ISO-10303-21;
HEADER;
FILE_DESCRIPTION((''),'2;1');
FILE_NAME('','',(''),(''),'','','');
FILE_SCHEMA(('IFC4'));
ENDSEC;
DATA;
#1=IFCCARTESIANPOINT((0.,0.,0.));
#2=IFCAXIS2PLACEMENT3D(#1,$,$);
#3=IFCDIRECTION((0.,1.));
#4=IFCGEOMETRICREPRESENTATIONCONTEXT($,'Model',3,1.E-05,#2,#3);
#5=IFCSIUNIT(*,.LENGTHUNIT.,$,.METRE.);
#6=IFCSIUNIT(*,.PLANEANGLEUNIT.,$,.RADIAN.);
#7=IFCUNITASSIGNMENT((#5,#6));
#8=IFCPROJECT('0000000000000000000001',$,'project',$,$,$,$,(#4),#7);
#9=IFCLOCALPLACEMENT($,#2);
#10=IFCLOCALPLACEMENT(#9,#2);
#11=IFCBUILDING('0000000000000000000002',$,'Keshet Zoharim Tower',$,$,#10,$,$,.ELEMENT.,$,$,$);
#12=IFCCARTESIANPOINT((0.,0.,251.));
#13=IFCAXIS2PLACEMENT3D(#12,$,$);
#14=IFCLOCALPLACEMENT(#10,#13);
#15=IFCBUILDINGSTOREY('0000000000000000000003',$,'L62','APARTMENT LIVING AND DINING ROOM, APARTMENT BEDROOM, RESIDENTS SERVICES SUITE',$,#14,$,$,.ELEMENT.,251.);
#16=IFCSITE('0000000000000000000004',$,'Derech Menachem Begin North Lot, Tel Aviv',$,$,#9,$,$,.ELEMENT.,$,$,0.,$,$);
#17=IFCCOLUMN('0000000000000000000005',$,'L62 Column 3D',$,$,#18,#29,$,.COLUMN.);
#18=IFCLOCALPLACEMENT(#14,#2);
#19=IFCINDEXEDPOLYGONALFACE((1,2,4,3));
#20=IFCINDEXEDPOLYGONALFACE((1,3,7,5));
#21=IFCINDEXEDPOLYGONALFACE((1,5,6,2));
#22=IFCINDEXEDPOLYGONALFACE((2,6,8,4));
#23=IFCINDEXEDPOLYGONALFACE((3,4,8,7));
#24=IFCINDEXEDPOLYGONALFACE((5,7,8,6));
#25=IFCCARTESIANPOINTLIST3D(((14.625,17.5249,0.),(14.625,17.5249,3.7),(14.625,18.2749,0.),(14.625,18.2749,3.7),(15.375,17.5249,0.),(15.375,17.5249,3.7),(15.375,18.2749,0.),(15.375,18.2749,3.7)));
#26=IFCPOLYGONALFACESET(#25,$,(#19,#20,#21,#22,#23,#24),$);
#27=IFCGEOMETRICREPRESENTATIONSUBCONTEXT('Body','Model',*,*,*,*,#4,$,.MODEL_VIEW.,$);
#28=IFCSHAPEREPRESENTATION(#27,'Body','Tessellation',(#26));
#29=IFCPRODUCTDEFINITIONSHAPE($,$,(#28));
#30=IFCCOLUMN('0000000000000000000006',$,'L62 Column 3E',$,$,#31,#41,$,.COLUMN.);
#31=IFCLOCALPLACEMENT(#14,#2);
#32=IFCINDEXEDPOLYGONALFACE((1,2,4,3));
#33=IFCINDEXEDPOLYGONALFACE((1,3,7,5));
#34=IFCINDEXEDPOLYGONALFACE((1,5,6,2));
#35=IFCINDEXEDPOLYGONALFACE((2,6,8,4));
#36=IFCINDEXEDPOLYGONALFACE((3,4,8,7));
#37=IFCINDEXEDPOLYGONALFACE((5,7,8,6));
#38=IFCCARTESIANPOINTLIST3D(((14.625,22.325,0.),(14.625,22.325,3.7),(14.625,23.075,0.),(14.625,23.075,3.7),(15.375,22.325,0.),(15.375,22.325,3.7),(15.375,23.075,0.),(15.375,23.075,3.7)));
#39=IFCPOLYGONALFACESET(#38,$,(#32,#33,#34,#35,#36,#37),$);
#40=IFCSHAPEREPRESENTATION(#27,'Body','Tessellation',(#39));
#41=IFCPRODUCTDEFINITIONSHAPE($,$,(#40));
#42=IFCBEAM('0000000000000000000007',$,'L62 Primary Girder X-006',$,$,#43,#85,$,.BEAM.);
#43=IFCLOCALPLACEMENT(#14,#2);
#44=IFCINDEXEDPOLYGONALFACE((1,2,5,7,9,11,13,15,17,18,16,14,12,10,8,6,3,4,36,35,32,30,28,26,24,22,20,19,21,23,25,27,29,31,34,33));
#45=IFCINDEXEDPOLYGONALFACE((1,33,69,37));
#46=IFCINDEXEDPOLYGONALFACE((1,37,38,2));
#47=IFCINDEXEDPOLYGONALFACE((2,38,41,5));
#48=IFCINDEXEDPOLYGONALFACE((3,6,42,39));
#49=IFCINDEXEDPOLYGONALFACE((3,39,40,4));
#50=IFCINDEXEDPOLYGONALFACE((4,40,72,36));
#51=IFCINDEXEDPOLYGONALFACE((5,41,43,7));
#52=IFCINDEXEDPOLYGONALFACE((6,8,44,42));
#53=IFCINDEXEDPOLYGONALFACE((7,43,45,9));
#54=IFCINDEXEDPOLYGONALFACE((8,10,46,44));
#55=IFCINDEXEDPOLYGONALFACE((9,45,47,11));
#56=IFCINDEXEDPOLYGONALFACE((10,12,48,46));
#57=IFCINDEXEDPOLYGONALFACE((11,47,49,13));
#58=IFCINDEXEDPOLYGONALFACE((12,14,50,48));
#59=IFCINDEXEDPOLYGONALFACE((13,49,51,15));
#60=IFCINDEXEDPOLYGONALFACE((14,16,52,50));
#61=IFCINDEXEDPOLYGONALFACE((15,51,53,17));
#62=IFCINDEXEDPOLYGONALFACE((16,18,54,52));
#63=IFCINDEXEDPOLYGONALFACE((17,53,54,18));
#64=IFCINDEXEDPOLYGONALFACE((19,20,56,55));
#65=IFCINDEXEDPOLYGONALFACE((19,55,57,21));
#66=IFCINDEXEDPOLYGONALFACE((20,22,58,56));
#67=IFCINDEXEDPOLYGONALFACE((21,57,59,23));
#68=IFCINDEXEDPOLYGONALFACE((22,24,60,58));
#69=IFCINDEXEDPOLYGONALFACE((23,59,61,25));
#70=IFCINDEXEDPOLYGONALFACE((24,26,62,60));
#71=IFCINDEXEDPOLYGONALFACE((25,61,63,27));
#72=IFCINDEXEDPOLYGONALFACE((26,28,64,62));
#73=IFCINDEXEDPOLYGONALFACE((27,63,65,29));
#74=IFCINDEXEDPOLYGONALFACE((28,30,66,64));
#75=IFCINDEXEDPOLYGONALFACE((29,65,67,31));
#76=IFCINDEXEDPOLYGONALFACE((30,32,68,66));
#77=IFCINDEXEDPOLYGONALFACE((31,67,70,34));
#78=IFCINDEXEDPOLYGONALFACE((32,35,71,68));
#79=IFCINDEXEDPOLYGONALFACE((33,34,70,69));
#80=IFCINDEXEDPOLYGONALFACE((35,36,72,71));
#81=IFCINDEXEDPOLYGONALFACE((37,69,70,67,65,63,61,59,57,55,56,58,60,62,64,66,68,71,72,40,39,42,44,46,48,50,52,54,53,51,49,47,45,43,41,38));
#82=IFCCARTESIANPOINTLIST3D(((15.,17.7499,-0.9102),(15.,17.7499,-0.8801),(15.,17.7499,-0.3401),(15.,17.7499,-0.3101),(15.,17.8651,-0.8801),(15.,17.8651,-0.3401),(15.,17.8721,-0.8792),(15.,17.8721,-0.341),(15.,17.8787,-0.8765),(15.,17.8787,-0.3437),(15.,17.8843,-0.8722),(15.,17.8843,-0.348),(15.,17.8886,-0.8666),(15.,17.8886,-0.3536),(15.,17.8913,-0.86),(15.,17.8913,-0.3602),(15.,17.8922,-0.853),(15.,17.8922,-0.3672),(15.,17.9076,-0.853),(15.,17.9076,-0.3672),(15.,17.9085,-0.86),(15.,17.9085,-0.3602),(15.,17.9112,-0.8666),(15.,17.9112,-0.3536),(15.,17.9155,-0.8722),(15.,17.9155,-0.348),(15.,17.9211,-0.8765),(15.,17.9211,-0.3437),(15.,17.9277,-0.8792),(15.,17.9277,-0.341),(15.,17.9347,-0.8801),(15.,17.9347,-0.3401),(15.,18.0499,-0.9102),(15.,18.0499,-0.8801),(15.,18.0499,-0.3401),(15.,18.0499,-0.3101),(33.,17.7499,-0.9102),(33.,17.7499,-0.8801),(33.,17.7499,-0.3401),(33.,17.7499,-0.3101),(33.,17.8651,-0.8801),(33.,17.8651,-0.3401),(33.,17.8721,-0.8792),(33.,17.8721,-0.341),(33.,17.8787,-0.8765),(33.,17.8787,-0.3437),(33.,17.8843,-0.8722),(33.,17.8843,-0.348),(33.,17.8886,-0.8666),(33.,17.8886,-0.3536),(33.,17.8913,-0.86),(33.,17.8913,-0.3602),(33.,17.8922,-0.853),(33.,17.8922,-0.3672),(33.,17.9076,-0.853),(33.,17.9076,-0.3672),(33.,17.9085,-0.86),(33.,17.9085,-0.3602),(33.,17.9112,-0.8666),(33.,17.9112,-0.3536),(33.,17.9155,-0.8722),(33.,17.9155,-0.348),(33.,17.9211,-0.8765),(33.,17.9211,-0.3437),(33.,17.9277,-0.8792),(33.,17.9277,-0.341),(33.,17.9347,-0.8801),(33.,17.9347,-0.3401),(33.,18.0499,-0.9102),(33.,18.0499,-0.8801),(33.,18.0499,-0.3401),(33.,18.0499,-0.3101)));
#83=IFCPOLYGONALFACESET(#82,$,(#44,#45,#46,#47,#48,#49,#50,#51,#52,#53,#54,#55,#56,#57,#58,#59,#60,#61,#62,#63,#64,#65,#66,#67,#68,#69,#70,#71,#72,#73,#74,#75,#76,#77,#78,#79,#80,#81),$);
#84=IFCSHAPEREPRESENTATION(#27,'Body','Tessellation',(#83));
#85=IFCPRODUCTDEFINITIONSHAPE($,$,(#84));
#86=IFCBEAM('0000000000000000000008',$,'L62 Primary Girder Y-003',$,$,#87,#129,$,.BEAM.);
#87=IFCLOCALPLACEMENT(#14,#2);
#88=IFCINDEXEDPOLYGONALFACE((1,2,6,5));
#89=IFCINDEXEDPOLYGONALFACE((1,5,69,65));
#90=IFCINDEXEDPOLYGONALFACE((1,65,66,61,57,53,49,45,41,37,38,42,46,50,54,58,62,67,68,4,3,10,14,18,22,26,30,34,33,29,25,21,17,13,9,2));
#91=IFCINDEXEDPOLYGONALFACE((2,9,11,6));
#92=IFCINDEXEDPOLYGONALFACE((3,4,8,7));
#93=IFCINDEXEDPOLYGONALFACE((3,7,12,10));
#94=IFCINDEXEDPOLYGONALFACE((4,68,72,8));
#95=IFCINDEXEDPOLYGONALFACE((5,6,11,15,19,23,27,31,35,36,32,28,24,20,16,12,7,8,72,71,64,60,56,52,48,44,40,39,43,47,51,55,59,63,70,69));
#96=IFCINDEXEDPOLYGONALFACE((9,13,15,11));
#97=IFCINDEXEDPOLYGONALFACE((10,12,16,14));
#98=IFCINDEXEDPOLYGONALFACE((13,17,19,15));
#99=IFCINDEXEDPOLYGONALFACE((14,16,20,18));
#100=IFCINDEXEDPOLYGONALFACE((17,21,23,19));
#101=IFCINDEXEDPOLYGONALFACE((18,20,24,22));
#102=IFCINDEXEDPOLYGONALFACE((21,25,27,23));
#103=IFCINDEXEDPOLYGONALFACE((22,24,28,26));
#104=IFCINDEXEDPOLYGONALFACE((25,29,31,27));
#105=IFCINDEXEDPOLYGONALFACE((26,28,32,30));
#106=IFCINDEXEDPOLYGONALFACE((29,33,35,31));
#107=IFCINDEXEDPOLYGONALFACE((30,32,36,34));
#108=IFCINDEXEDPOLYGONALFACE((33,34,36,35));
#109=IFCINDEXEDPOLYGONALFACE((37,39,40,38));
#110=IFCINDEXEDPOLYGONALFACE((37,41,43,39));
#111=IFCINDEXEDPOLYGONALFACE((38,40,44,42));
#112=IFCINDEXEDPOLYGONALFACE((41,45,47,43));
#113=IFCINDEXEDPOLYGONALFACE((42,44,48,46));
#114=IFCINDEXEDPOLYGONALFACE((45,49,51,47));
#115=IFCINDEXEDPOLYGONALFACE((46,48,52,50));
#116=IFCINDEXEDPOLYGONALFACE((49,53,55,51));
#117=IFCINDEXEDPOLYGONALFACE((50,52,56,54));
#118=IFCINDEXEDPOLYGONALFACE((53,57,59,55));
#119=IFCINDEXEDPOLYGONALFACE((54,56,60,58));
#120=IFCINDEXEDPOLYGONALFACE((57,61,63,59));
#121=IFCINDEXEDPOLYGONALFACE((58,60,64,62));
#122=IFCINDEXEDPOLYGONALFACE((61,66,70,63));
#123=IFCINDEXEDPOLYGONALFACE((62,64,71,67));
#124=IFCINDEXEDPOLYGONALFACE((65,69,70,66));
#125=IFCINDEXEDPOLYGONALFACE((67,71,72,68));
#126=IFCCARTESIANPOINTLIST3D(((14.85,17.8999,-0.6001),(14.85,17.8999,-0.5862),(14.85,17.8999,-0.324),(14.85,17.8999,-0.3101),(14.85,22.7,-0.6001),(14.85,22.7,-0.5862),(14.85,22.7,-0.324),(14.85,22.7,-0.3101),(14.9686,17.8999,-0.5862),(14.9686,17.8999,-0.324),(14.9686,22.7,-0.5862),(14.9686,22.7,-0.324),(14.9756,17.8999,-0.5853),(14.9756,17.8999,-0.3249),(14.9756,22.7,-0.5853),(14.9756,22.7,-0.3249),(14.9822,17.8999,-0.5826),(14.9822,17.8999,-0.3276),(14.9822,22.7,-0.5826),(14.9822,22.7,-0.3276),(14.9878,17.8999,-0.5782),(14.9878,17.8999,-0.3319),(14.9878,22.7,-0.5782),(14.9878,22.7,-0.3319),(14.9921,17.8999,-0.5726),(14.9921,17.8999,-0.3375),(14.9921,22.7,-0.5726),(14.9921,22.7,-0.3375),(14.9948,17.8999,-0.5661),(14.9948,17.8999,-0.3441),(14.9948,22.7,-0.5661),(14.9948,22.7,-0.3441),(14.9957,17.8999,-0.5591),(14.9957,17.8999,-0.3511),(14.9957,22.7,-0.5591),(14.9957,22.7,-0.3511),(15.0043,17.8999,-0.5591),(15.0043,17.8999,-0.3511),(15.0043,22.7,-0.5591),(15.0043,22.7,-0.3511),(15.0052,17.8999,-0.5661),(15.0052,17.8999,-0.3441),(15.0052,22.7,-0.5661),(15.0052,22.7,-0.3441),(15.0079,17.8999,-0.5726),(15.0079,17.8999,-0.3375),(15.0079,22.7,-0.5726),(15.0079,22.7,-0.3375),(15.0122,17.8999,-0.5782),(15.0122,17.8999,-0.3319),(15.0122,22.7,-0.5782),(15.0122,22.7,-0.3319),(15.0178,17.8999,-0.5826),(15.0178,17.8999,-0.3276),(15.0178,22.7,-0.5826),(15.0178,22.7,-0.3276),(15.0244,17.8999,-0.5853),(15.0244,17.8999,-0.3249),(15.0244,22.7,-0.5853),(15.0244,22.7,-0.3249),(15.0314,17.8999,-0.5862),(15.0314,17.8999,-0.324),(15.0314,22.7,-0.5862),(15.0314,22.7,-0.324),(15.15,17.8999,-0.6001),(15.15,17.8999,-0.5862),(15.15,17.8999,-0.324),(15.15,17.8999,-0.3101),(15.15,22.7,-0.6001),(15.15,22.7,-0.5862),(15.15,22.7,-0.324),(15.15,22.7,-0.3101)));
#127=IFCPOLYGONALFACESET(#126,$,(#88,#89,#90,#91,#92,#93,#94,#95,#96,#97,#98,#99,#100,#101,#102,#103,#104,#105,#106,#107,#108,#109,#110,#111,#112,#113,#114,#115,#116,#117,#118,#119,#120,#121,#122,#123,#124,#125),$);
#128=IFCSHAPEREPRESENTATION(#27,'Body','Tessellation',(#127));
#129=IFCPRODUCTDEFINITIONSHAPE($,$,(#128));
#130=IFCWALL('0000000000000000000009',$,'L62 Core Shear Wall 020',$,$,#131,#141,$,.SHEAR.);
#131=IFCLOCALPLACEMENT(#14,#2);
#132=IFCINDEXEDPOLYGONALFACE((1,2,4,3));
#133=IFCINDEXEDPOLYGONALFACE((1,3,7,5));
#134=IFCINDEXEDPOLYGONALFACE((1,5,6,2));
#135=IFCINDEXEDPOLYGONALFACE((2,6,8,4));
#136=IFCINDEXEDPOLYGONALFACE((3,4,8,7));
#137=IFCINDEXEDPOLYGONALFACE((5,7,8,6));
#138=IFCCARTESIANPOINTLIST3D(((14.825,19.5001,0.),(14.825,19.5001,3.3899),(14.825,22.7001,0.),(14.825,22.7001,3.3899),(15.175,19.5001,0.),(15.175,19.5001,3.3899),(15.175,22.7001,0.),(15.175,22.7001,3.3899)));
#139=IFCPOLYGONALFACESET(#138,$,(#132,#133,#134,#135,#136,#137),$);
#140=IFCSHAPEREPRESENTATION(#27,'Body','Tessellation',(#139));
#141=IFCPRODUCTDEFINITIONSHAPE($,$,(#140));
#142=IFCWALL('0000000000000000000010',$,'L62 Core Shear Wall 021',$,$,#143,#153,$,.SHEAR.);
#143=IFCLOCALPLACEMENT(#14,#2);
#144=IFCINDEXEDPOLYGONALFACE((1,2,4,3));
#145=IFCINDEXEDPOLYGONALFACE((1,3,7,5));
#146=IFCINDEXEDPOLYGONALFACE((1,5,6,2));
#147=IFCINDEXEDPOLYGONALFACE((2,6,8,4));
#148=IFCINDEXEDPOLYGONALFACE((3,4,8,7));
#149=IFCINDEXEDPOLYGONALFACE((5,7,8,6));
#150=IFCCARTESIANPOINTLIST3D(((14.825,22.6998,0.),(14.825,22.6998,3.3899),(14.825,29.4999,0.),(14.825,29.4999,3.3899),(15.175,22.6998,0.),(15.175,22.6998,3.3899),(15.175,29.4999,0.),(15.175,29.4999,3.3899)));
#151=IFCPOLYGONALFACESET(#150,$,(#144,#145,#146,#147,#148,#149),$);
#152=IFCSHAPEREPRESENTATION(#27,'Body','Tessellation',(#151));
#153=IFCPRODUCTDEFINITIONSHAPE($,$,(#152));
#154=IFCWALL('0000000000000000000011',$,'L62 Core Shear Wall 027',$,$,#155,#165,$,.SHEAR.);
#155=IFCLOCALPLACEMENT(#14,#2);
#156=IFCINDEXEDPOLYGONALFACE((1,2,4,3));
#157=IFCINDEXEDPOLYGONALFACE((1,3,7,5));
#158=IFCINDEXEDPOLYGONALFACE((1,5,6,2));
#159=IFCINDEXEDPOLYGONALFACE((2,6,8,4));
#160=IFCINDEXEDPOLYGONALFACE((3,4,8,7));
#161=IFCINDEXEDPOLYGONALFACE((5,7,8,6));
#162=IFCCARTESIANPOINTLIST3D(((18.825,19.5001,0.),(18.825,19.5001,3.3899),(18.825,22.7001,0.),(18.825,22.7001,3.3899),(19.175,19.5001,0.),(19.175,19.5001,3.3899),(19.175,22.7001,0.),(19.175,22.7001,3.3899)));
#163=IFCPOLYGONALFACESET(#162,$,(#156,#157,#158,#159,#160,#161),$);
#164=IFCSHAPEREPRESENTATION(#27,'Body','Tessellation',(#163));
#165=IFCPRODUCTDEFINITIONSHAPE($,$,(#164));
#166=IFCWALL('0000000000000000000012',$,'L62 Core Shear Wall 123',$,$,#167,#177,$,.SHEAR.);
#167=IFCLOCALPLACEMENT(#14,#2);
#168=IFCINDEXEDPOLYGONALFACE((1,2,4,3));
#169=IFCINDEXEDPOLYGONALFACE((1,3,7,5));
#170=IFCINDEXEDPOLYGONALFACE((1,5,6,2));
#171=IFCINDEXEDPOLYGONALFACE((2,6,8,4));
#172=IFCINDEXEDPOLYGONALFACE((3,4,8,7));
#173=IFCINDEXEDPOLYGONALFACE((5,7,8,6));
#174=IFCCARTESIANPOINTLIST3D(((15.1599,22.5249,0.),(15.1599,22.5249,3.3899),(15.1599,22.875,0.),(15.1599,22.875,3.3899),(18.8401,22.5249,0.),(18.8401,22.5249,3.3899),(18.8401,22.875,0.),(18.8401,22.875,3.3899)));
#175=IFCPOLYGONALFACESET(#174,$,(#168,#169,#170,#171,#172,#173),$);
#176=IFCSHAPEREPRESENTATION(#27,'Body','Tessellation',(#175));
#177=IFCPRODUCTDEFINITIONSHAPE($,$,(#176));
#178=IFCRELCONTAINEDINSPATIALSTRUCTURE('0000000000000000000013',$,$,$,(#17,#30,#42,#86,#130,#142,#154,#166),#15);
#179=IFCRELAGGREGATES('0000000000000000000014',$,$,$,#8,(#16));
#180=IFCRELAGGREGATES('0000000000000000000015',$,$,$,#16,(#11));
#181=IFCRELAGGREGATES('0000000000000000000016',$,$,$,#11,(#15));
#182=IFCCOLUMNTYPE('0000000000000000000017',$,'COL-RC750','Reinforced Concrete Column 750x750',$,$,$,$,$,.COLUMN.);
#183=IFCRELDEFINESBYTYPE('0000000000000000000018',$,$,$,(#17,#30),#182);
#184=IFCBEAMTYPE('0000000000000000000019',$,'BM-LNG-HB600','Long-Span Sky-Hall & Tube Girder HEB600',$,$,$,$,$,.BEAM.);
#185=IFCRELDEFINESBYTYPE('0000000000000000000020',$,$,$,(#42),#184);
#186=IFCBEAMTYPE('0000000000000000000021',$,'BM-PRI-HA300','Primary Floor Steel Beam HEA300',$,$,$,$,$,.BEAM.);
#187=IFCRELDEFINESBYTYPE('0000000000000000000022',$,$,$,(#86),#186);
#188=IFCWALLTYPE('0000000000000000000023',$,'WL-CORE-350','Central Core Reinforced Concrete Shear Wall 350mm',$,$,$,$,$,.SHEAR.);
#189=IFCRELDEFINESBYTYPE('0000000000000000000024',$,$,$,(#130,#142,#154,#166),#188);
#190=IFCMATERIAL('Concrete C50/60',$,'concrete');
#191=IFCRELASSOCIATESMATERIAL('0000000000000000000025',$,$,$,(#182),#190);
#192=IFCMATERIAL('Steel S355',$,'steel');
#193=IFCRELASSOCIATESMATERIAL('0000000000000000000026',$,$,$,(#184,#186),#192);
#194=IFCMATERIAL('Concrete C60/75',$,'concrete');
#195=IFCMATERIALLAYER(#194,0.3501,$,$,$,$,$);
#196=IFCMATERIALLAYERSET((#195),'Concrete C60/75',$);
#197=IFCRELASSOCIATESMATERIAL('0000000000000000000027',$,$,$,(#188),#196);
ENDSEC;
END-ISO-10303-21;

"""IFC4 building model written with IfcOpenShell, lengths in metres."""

from ifc_helpers import new_model, si_unit, direction, frame, frame_2d, origin, origin_2d, place, context, subcontext, project, spatial, rectangle, i_section, extrude, material, layer, layer_set, material_profile, profile_set, type_object, element, save


model = new_model("IFC4")

# Units and contexts
model_context = context("Model", 3, precision=1e-05, world=origin(), true_north=direction((0.0, 1.0)))
body_context = subcontext(model_context, "Body", "Model", "MODEL_VIEW")
ifc_project = project(units=[si_unit("LENGTHUNIT", "METRE"), si_unit("PLANEANGLEUNIT", "RADIAN")], contexts=[model_context])

# Site, building, storey
site_placement = place(None, origin())
site = spatial("IfcSite", under=ifc_project, at=site_placement, Name="Derech Menachem Begin North Lot, Tel Aviv", CompositionType="ELEMENT", RefElevation=0.0)
building_placement = place(site_placement, origin())
building = spatial("IfcBuilding", under=site, at=building_placement, Name="Keshet Zoharim Tower", CompositionType="ELEMENT")
storey_placement = place(building_placement, frame((0.0, 0.0, 251.0)))
storey = spatial("IfcBuildingStorey", under=building, at=storey_placement, Name="L62", Description="APARTMENT LIVING AND DINING ROOM, APARTMENT BEDROOM, RESIDENTS SERVICES SUITE", CompositionType="ELEMENT", Elevation=251.0)

# Columns
ifc_material_1 = material(Name="Concrete C50/60", Category="concrete")
ifc_material_profile_1 = material_profile(ifc_material_1, rectangle(XDim=0.75, YDim=0.75, at=origin_2d()), Name="RC750x750")
ifc_profile_set_1 = profile_set([ifc_material_profile_1], Name="Concrete C50/60")
column_type = type_object("IfcColumnType", Name="COL-RC750", Description="Reinforced Concrete Column 750x750", PredefinedType="COLUMN", material=ifc_profile_set_1)
for number, where, z_axis, x_axis, name in (
    (1, (15.0, 17.8999, 0.0), (0.0, 0.0, 1.0), (1.0, 0.0, 0.0), "L62 Column 3D"),
    (2, (15.0, 22.7, 0.0), (0.0, 0.0, 1.0), (1.0, 0.0, 0.0), "L62 Column 3E"),
):
    element("IfcColumn", number, at=place(storey_placement, frame(where, z_axis=z_axis, x_axis=x_axis)), inside=storey, type_object=column_type, Name=name, PredefinedType="COLUMN", context=body_context, shape_type="SweptSolid", body=[
        extrude(rectangle(XDim=0.75, YDim=0.75, at=origin_2d()), origin(), (0.0, 0.0, 1.0), 3.7),
    ])

# Beams
ifc_material_2 = material(Name="Steel S355", Category="steel")
ifc_material_profile_2 = material_profile(ifc_material_2, i_section(OverallWidth=0.3, OverallDepth=0.6001, WebThickness=0.0154, FlangeThickness=0.03, FilletRadius=0.0271, at=origin_2d()), Name="HEB600")
ifc_profile_set_2 = profile_set([ifc_material_profile_2], Name="Steel S355")
beam_type_1 = type_object("IfcBeamType", Name="BM-LNG-HB600", Description="Long-Span Sky-Hall & Tube Girder HEB600", PredefinedType="BEAM", material=ifc_profile_set_2)
beam_1_placement = place(storey_placement, frame((15.0, 17.8999, -0.6101), z_axis=(1.0, 0.0, 0.0), x_axis=(0.0, 1.0, 0.0)))
element("IfcBeam", 3, at=beam_1_placement, inside=storey, type_object=beam_type_1, Name="L62 Primary Girder X-006", PredefinedType="BEAM", context=body_context, shape_type="SweptSolid", body=[
    extrude(i_section(OverallWidth=0.3, OverallDepth=0.6001, WebThickness=0.0154, FlangeThickness=0.03, FilletRadius=0.0271, at=origin_2d()), origin(), (0.0, 0.0, 1.0), 18.0),
])
ifc_material_profile_3 = material_profile(ifc_material_2, i_section(OverallWidth=0.3, OverallDepth=0.29, WebThickness=0.0085, FlangeThickness=0.0139, FilletRadius=0.0271, at=origin_2d()), Name="HEA300")
ifc_profile_set_3 = profile_set([ifc_material_profile_3], Name="Steel S355")
beam_type_2 = type_object("IfcBeamType", Name="BM-PRI-HA300", Description="Primary Floor Steel Beam HEA300", PredefinedType="BEAM", material=ifc_profile_set_3)
beam_2_placement = place(storey_placement, frame((15.0, 17.8999, -0.4551), z_axis=(0.0, 1.0, 0.0), x_axis=(-1.0, 0.0, 0.0)))
element("IfcBeam", 4, at=beam_2_placement, inside=storey, type_object=beam_type_2, Name="L62 Primary Girder Y-003", PredefinedType="BEAM", context=body_context, shape_type="SweptSolid", body=[
    extrude(i_section(OverallWidth=0.3, OverallDepth=0.29, WebThickness=0.0085, FlangeThickness=0.0139, FilletRadius=0.0271, at=origin_2d()), origin(), (0.0, 0.0, 1.0), 4.8),
])

# Walls
ifc_material_3 = material(Name="Concrete C60/75", Category="concrete")
ifc_layer_1 = layer(ifc_material_3, 0.3501)
ifc_layer_set_1 = layer_set([ifc_layer_1], Name="Concrete C60/75")
wall_type_1 = type_object("IfcWallType", Name="WL-CORE-350", Description="Central Core Reinforced Concrete Shear Wall 350mm", PredefinedType="SHEAR", material=ifc_layer_set_1)
wall_1_placement = place(storey_placement, frame((15.0, 19.5, 0.0), z_axis=(0.0, 0.0, 1.0), x_axis=(0.0, 1.0, 0.0)))
element("IfcWall", 5, at=wall_1_placement, inside=storey, type_object=wall_type_1, Name="L62 Core Shear Wall 020", PredefinedType="SHEAR", context=body_context, shape_type="SweptSolid", body=[
    extrude(rectangle(XDim=3.2, YDim=0.3501, at=frame_2d((1.6001, 0.0))), origin(), (0.0, 0.0, 1.0), 3.3899),
])
wall_2_placement = place(storey_placement, frame((15.0, 22.7, 0.0), z_axis=(0.0, 0.0, 1.0), x_axis=(0.0, 1.0, 0.0)))
element("IfcWall", 6, at=wall_2_placement, inside=storey, type_object=wall_type_1, Name="L62 Core Shear Wall 021", PredefinedType="SHEAR", context=body_context, shape_type="SweptSolid", body=[
    extrude(rectangle(XDim=6.8, YDim=0.3501, at=frame_2d((3.3999, 0.0))), origin(), (0.0, 0.0, 1.0), 3.3899),
])
wall_3_placement = place(storey_placement, frame((19.0, 19.5, 0.0), z_axis=(0.0, 0.0, 1.0), x_axis=(0.0, 1.0, 0.0)))
element("IfcWall", 7, at=wall_3_placement, inside=storey, type_object=wall_type_1, Name="L62 Core Shear Wall 027", PredefinedType="SHEAR", context=body_context, shape_type="SweptSolid", body=[
    extrude(rectangle(XDim=3.2, YDim=0.3501, at=frame_2d((1.6001, 0.0))), origin(), (0.0, 0.0, 1.0), 3.3899),
])

# Wall
wall_4_placement = place(storey_placement, frame((15.1599, 22.7, 0.0), z_axis=(0.0, 0.0, 1.0), x_axis=(1.0, 0.0, 0.0)))
element("IfcWall", 8, at=wall_4_placement, inside=storey, type_object=wall_type_1, Name="L62 Core Shear Wall 123", PredefinedType="SHEAR", context=body_context, shape_type="SweptSolid", body=[
    extrude(rectangle(XDim=3.6802, YDim=0.3501, at=frame_2d((1.8401, 0.0))), origin(), (0.0, 0.0, 1.0), 3.3899),
])

save(model, "model.ifc")
